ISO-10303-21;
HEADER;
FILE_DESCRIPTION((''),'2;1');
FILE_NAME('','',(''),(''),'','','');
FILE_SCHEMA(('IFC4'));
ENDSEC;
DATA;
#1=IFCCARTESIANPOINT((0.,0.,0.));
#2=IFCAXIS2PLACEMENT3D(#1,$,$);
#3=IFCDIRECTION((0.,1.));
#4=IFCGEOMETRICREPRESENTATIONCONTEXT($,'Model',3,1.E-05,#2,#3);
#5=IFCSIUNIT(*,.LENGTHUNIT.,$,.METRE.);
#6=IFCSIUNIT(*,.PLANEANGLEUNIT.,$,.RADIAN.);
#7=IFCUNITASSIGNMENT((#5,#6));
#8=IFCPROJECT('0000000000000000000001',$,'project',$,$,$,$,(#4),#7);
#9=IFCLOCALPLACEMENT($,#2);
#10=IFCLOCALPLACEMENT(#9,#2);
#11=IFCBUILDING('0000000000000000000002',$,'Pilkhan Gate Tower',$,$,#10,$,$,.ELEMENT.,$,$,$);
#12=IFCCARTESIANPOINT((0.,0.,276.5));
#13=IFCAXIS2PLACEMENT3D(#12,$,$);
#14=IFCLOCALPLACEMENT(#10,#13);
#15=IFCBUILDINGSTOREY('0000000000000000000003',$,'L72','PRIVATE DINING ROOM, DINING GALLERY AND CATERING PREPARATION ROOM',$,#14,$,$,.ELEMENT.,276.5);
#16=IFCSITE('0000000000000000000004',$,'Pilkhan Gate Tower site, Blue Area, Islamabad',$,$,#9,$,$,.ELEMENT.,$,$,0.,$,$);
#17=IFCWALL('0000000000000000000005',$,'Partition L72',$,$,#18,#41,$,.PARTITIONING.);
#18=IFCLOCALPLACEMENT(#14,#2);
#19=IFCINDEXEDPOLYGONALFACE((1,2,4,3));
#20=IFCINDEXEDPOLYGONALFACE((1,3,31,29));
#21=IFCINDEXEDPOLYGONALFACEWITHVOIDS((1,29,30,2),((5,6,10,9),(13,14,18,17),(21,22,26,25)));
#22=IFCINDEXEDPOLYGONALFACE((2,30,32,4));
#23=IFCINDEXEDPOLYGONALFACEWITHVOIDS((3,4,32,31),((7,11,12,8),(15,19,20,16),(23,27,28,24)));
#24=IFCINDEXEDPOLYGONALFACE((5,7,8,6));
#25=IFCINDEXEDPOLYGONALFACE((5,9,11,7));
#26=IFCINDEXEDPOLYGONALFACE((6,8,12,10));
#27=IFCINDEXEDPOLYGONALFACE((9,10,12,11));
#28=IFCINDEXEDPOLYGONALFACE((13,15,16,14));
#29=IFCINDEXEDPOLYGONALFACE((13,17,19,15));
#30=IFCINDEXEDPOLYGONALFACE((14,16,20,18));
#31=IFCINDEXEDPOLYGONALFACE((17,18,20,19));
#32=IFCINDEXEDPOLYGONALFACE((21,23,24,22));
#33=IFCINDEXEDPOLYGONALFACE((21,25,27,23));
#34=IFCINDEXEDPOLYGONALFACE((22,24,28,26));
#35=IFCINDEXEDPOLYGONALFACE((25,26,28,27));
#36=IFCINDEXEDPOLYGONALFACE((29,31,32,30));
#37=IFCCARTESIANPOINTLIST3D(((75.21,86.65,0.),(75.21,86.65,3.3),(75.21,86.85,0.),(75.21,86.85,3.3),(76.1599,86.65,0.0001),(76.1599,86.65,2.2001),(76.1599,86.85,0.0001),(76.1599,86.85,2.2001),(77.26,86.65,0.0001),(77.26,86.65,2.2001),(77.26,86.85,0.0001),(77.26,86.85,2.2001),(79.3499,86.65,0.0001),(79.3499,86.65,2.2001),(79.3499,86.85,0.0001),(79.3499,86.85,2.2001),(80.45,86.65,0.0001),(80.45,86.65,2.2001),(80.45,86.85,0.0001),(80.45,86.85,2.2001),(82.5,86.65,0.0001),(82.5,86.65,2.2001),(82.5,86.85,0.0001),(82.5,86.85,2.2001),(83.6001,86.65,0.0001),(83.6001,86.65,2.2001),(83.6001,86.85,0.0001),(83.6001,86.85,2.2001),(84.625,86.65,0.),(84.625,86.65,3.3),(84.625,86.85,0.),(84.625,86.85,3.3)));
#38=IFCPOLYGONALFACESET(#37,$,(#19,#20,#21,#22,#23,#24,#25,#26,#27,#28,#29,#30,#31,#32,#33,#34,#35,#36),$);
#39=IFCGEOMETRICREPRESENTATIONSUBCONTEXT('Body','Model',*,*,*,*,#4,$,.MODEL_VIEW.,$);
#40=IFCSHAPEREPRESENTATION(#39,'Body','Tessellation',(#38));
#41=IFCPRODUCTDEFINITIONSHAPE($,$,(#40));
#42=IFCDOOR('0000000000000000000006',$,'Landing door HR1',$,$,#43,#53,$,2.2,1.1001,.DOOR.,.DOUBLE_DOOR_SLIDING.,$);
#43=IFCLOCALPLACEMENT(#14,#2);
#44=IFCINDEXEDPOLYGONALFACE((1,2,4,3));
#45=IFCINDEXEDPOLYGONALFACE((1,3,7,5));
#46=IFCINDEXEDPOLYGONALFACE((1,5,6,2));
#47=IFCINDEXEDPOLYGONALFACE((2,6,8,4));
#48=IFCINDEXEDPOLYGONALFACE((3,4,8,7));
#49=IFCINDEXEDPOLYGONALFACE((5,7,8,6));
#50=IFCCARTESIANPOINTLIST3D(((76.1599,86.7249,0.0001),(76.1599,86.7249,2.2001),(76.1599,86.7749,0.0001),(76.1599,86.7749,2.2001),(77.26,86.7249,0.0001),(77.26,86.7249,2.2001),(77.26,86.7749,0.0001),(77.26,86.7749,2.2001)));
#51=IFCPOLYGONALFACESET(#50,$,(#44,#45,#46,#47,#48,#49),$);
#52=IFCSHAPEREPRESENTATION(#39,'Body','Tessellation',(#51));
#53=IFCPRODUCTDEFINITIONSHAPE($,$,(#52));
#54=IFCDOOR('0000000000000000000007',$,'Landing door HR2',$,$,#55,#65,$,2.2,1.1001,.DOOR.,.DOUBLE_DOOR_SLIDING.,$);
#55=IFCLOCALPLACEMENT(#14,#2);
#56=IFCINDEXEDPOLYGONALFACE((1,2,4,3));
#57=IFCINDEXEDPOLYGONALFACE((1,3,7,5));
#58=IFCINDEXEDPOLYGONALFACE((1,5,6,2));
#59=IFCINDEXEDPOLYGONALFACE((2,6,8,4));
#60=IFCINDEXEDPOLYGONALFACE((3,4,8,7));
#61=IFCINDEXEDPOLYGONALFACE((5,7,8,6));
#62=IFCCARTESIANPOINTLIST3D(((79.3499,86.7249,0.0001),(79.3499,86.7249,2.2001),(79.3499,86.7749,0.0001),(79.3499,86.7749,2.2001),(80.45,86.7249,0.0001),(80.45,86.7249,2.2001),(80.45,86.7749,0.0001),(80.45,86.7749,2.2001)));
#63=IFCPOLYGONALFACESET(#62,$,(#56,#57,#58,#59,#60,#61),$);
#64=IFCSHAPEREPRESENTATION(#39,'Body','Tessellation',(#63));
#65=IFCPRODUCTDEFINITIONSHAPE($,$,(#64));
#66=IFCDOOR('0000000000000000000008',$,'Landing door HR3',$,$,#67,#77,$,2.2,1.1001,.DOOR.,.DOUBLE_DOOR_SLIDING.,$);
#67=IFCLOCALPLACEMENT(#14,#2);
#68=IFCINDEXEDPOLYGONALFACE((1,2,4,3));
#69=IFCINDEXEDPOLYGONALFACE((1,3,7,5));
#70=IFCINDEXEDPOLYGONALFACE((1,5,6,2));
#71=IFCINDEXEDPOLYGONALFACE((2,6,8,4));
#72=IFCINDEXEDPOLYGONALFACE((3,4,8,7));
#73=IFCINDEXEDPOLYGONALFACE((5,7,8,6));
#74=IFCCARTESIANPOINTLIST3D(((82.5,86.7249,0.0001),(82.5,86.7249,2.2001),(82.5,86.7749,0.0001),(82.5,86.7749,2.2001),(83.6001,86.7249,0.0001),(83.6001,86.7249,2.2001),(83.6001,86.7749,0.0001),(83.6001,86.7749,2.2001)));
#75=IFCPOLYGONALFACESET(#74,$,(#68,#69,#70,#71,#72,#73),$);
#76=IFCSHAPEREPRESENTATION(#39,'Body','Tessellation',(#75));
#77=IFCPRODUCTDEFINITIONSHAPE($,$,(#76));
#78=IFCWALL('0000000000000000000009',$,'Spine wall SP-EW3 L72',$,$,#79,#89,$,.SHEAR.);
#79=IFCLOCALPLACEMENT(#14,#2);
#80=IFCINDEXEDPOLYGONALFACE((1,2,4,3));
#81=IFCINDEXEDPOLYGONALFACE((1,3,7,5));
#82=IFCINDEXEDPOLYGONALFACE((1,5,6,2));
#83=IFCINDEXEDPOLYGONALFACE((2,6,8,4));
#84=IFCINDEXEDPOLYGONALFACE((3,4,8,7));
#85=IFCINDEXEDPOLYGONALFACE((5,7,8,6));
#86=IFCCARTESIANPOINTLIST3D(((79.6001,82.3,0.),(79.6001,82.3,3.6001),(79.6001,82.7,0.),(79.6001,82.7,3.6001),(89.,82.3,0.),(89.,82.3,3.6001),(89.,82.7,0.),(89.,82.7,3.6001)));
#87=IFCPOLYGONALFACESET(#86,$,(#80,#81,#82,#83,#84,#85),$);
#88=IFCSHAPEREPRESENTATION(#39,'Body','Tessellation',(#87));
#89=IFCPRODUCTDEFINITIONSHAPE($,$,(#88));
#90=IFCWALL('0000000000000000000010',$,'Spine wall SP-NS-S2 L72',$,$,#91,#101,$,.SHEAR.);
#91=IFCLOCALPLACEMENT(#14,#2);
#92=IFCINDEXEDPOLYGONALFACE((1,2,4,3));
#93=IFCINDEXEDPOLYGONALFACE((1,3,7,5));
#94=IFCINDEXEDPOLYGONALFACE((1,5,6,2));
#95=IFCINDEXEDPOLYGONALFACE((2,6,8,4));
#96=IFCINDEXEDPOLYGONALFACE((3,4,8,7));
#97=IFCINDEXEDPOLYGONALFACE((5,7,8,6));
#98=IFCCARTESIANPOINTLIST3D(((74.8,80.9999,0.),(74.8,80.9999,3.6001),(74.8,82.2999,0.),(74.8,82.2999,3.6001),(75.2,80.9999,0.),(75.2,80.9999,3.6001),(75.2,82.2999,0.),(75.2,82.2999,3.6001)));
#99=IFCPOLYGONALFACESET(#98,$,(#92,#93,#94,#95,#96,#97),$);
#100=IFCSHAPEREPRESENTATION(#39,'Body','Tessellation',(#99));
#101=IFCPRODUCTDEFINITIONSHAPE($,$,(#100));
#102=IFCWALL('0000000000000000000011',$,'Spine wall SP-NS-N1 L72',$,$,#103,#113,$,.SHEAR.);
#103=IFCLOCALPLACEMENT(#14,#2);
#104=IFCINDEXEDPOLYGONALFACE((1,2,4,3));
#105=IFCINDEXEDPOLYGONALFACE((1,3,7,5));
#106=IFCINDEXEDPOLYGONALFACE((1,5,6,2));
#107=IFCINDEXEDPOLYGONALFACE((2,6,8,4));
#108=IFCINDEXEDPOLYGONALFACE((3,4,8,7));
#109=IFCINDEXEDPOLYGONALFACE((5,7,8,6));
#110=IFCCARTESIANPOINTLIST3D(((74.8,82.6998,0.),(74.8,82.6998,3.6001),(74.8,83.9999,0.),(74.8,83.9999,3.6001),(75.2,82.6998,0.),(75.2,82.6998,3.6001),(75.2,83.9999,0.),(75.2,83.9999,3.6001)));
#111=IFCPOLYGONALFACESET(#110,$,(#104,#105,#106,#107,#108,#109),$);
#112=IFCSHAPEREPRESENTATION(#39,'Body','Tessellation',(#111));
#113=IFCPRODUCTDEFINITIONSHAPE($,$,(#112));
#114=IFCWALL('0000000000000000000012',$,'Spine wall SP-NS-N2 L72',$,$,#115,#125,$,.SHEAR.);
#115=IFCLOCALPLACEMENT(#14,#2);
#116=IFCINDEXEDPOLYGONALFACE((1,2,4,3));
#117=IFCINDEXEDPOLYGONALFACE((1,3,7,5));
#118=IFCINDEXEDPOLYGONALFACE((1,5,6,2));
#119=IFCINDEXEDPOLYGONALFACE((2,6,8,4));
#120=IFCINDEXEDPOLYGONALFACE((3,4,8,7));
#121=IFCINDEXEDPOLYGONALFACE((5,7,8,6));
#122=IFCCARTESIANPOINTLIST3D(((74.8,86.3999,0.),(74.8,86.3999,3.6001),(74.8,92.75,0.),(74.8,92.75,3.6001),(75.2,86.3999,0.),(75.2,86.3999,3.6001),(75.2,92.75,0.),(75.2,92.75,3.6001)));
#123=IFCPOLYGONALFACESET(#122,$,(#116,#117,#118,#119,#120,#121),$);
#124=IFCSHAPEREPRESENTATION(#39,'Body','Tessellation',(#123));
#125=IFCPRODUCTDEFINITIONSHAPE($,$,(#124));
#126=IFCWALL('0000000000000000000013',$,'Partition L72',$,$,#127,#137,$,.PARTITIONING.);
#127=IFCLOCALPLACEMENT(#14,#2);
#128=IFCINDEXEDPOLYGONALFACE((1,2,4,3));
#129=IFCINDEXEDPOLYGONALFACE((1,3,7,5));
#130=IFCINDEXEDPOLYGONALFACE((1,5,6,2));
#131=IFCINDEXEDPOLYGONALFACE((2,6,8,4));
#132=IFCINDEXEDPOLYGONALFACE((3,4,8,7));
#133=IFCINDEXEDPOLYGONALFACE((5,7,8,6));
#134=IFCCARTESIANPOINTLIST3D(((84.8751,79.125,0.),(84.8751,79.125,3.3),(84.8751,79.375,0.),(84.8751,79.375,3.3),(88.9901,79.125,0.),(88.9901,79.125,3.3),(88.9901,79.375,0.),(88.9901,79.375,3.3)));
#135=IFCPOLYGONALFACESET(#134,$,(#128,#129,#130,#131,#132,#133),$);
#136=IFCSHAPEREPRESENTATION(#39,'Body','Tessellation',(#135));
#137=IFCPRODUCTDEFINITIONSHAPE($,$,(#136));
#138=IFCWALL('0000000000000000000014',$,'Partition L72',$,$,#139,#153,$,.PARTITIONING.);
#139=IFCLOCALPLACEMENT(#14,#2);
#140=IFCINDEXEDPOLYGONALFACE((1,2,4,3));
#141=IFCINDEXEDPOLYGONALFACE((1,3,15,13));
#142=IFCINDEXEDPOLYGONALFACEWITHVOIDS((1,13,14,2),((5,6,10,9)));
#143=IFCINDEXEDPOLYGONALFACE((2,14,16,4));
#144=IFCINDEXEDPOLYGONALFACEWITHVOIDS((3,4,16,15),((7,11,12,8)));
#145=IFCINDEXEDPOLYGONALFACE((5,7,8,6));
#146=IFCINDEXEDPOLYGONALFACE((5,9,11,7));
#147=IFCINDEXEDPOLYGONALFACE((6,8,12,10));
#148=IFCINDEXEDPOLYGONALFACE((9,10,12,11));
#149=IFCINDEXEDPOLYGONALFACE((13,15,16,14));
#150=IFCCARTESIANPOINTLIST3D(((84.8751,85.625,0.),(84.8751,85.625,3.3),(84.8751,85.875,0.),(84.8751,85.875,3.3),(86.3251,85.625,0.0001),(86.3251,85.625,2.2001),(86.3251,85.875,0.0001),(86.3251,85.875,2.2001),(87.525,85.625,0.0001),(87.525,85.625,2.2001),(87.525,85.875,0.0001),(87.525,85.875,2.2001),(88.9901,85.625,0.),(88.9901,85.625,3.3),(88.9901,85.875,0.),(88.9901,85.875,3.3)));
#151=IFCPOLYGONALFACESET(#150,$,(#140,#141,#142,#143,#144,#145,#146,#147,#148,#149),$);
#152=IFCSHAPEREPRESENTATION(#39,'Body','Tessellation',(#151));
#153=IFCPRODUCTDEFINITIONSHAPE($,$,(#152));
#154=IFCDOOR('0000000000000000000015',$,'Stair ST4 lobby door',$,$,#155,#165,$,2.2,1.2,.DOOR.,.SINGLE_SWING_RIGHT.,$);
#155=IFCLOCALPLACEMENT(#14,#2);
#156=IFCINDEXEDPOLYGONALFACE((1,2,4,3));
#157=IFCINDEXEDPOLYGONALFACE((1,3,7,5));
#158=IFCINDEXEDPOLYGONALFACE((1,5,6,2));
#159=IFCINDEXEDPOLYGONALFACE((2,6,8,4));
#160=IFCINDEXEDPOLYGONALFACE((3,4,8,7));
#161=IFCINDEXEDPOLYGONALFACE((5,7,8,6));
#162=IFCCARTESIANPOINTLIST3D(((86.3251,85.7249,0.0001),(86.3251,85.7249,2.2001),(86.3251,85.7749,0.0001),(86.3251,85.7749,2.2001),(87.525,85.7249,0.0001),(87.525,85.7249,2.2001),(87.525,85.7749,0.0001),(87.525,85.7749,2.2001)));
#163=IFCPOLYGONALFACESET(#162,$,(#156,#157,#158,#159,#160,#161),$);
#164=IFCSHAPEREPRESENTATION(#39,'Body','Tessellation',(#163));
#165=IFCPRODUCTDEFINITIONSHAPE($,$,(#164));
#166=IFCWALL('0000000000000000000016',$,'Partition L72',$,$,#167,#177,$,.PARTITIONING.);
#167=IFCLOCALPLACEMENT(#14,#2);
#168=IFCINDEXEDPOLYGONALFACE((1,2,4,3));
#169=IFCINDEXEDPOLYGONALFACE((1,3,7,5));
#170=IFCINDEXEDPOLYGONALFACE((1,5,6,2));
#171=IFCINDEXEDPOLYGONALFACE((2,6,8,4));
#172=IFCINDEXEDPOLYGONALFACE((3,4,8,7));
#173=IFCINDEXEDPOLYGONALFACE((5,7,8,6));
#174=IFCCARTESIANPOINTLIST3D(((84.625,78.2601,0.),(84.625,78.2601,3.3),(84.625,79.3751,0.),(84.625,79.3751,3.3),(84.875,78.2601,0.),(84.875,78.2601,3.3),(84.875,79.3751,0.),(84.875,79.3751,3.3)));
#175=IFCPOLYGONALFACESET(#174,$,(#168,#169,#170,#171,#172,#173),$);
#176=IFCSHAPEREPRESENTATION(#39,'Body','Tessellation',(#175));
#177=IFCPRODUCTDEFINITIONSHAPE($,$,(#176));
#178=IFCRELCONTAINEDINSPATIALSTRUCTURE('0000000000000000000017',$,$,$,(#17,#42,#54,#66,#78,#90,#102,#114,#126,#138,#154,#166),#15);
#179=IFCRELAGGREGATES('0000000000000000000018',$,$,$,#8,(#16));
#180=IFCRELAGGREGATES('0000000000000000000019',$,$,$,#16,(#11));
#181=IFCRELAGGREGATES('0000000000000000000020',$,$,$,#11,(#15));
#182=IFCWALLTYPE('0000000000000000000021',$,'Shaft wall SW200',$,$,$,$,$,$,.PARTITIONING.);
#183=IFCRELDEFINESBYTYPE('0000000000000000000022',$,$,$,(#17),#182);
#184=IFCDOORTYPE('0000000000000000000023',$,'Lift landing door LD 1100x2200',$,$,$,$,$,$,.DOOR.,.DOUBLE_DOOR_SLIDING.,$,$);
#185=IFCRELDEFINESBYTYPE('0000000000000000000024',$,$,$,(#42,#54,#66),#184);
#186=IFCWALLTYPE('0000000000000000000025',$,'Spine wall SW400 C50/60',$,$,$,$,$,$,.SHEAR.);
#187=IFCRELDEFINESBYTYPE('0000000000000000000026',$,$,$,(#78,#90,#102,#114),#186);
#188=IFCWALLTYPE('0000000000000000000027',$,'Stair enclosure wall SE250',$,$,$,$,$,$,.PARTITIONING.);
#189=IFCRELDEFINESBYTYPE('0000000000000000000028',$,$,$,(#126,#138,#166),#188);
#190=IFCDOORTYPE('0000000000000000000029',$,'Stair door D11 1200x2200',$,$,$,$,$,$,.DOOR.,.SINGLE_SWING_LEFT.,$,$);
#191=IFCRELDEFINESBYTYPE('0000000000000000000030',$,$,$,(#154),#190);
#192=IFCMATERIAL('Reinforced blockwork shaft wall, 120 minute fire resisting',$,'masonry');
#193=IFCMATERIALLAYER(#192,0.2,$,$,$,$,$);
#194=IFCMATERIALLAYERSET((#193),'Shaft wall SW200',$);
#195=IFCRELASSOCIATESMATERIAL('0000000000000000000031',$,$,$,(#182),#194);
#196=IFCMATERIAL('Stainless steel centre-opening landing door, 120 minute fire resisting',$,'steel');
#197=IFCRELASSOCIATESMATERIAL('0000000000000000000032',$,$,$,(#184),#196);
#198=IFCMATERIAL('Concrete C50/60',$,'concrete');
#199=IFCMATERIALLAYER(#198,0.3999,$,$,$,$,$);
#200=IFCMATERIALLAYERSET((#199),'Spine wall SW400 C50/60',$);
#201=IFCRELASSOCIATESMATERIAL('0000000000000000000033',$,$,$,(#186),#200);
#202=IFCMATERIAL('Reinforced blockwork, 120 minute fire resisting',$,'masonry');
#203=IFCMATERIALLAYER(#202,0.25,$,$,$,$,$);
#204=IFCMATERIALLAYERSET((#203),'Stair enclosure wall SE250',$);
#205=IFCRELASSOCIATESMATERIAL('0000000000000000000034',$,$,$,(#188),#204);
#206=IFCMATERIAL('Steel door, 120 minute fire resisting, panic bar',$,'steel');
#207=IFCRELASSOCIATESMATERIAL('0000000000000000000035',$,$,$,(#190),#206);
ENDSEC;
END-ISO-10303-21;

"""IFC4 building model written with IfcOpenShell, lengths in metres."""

from ifc_helpers import new_model, si_unit, direction, frame, frame_2d, origin, place, context, subcontext, project, spatial, rectangle, extrude, material, layer, layer_set, type_object, element, fill, save


model = new_model("IFC4")

# Units and contexts
model_context = context("Model", 3, precision=1e-05, world=origin(), true_north=direction((0.0, 1.0)))
body_context = subcontext(model_context, "Body", "Model", "MODEL_VIEW")
ifc_project = project(units=[si_unit("LENGTHUNIT", "METRE"), si_unit("PLANEANGLEUNIT", "RADIAN")], contexts=[model_context])

# Site, building, storey
site_placement = place(None, origin())
site = spatial("IfcSite", under=ifc_project, at=site_placement, Name="Pilkhan Gate Tower site, Blue Area, Islamabad", CompositionType="ELEMENT", RefElevation=0.0)
building_placement = place(site_placement, origin())
building = spatial("IfcBuilding", under=site, at=building_placement, Name="Pilkhan Gate Tower", CompositionType="ELEMENT")
storey_placement = place(building_placement, frame((0.0, 0.0, 276.5)))
storey = spatial("IfcBuildingStorey", under=building, at=storey_placement, Name="L72", Description="PRIVATE DINING ROOM, DINING GALLERY AND CATERING PREPARATION ROOM", CompositionType="ELEMENT", Elevation=276.5)

# Shared definitions
ifc_material_1 = material(Name="Concrete C50/60", Category="concrete")

# Wall, openings, doors
ifc_material_2 = material(Name="Reinforced blockwork shaft wall, 120 minute fire resisting", Category="masonry")
ifc_layer_1 = layer(ifc_material_2, 0.2)
ifc_layer_set_1 = layer_set([ifc_layer_1], Name="Shaft wall SW200")
wall_type_1 = type_object("IfcWallType", Name="Shaft wall SW200", PredefinedType="PARTITIONING", material=ifc_layer_set_1)
wall_1_placement = place(storey_placement, frame((75.21, 86.75, 0.0), z_axis=(0.0, 0.0, 1.0), x_axis=(1.0, 0.0, 0.0)))
wall_1 = element("IfcWall", 1, at=wall_1_placement, inside=storey, type_object=wall_type_1, Name="Partition L72", PredefinedType="PARTITIONING", context=body_context, shape_type="SweptSolid", body=[
    extrude(rectangle(XDim=9.415, YDim=0.2, at=frame_2d((4.7075, 0.0))), origin(), (0.0, 0.0, 1.0), 3.3),
])
opening_1_placement = place(wall_1_placement, frame((0.95, 0.0, 0.0)))
opening_1 = element("IfcOpeningElement", 2, at=opening_1_placement, cuts=wall_1, PredefinedType="OPENING", context=body_context, shape_type="SweptSolid", body=[
    extrude(rectangle(XDim=1.1001, YDim=2.2, at=frame_2d((0.55, 1.1001))), frame((0.0, 0.1099, 0.0), z_axis=(0.0, -1.0, 0.0), x_axis=(1.0, 0.0, 0.0)), (0.0, 0.0, 1.0), 0.22),
])
opening_2_placement = place(wall_1_placement, frame((4.1399, 0.0, 0.0)))
opening_2 = element("IfcOpeningElement", 3, at=opening_2_placement, cuts=wall_1, PredefinedType="OPENING", context=body_context, shape_type="SweptSolid", body=[
    extrude(rectangle(XDim=1.1001, YDim=2.2, at=frame_2d((0.55, 1.1001))), frame((0.0, 0.1099, 0.0), z_axis=(0.0, -1.0, 0.0), x_axis=(1.0, 0.0, 0.0)), (0.0, 0.0, 1.0), 0.22),
])
opening_3_placement = place(wall_1_placement, frame((7.29, 0.0, 0.0)))
opening_3 = element("IfcOpeningElement", 4, at=opening_3_placement, cuts=wall_1, PredefinedType="OPENING", context=body_context, shape_type="SweptSolid", body=[
    extrude(rectangle(XDim=1.1001, YDim=2.2, at=frame_2d((0.55, 1.1001))), frame((0.0, 0.1099, 0.0), z_axis=(0.0, -1.0, 0.0), x_axis=(1.0, 0.0, 0.0)), (0.0, 0.0, 1.0), 0.22),
])
ifc_material_3 = material(Name="Stainless steel centre-opening landing door, 120 minute fire resisting", Category="steel")
door_type_1 = type_object("IfcDoorType", Name="Lift landing door LD 1100x2200", OperationType="DOUBLE_DOOR_SLIDING", PredefinedType="DOOR", material=ifc_material_3)
door_1_placement = place(opening_1_placement, origin())
door_1 = element("IfcDoor", 5, at=door_1_placement, inside=storey, type_object=door_type_1, Name="Landing door HR1", OperationType="DOUBLE_DOOR_SLIDING", OverallHeight=2.2, OverallWidth=1.1001, PredefinedType="DOOR", context=body_context, shape_type="SweptSolid", body=[
    extrude(rectangle(XDim=1.1001, YDim=2.2, at=frame_2d((0.55, 1.1001))), frame((0.0, 0.0249, 0.0), z_axis=(0.0, -1.0, 0.0), x_axis=(1.0, 0.0, 0.0)), (0.0, 0.0, 1.0), 0.05),
])
fill(opening_1, door_1)
door_2_placement = place(opening_2_placement, origin())
door_2 = element("IfcDoor", 6, at=door_2_placement, inside=storey, type_object=door_type_1, Name="Landing door HR2", OperationType="DOUBLE_DOOR_SLIDING", OverallHeight=2.2, OverallWidth=1.1001, PredefinedType="DOOR", context=body_context, shape_type="SweptSolid", body=[
    extrude(rectangle(XDim=1.1001, YDim=2.2, at=frame_2d((0.55, 1.1001))), frame((0.0, 0.0249, 0.0), z_axis=(0.0, -1.0, 0.0), x_axis=(1.0, 0.0, 0.0)), (0.0, 0.0, 1.0), 0.05),
])
fill(opening_2, door_2)
door_3_placement = place(opening_3_placement, origin())
door_3 = element("IfcDoor", 7, at=door_3_placement, inside=storey, type_object=door_type_1, Name="Landing door HR3", OperationType="DOUBLE_DOOR_SLIDING", OverallHeight=2.2, OverallWidth=1.1001, PredefinedType="DOOR", context=body_context, shape_type="SweptSolid", body=[
    extrude(rectangle(XDim=1.1001, YDim=2.2, at=frame_2d((0.55, 1.1001))), frame((0.0, 0.0249, 0.0), z_axis=(0.0, -1.0, 0.0), x_axis=(1.0, 0.0, 0.0)), (0.0, 0.0, 1.0), 0.05),
])
fill(opening_3, door_3)

# Walls
ifc_layer_2 = layer(ifc_material_1, 0.3999)
ifc_layer_set_2 = layer_set([ifc_layer_2], Name="Spine wall SW400 C50/60")
wall_type_2 = type_object("IfcWallType", Name="Spine wall SW400 C50/60", PredefinedType="SHEAR", material=ifc_layer_set_2)
wall_2_placement = place(storey_placement, frame((79.6001, 82.5, 0.0), z_axis=(0.0, 0.0, 1.0), x_axis=(1.0, 0.0, 0.0)))
element("IfcWall", 8, at=wall_2_placement, inside=storey, type_object=wall_type_2, Name="Spine wall SP-EW3 L72", PredefinedType="SHEAR", context=body_context, shape_type="SweptSolid", body=[
    extrude(rectangle(XDim=9.3999, YDim=0.3999, at=frame_2d((4.7, 0.0))), origin(), (0.0, 0.0, 1.0), 3.6001),
])
for number, where, z_axis, x_axis, name in (
    (9, (75.0, 81.0, 0.0), (0.0, 0.0, 1.0), (0.0, 1.0, 0.0), "Spine wall SP-NS-S2 L72"),
    (10, (75.0, 82.7, 0.0), (0.0, 0.0, 1.0), (0.0, 1.0, 0.0), "Spine wall SP-NS-N1 L72"),
):
    element("IfcWall", number, at=place(storey_placement, frame(where, z_axis=z_axis, x_axis=x_axis)), inside=storey, type_object=wall_type_2, Name=name, PredefinedType="SHEAR", context=body_context, shape_type="SweptSolid", body=[
        extrude(rectangle(XDim=1.3, YDim=0.3999, at=frame_2d((0.6499, 0.0))), origin(), (0.0, 0.0, 1.0), 3.6001),
    ])
wall_3_placement = place(storey_placement, frame((75.0, 86.3999, 0.0), z_axis=(0.0, 0.0, 1.0), x_axis=(0.0, 1.0, 0.0)))
element("IfcWall", 11, at=wall_3_placement, inside=storey, type_object=wall_type_2, Name="Spine wall SP-NS-N2 L72", PredefinedType="SHEAR", context=body_context, shape_type="SweptSolid", body=[
    extrude(rectangle(XDim=6.3501, YDim=0.3999, at=frame_2d((3.175, 0.0))), origin(), (0.0, 0.0, 1.0), 3.6001),
])
ifc_material_4 = material(Name="Reinforced blockwork, 120 minute fire resisting", Category="masonry")
ifc_layer_3 = layer(ifc_material_4, 0.25)
ifc_layer_set_3 = layer_set([ifc_layer_3], Name="Stair enclosure wall SE250")
wall_type_3 = type_object("IfcWallType", Name="Stair enclosure wall SE250", PredefinedType="PARTITIONING", material=ifc_layer_set_3)
wall_4_placement = place(storey_placement, frame((84.875, 79.25, 0.0), z_axis=(0.0, 0.0, 1.0), x_axis=(1.0, 0.0, 0.0)))
element("IfcWall", 12, at=wall_4_placement, inside=storey, type_object=wall_type_3, Name="Partition L72", PredefinedType="PARTITIONING", context=body_context, shape_type="SweptSolid", body=[
    extrude(rectangle(XDim=4.115, YDim=0.25, at=frame_2d((2.0576, 0.0))), origin(), (0.0, 0.0, 1.0), 3.3),
])

# Wall, opening, door
wall_5_placement = place(storey_placement, frame((84.875, 85.75, 0.0), z_axis=(0.0, 0.0, 1.0), x_axis=(1.0, 0.0, 0.0)))
wall_5 = element("IfcWall", 13, at=wall_5_placement, inside=storey, type_object=wall_type_3, Name="Partition L72", PredefinedType="PARTITIONING", context=body_context, shape_type="SweptSolid", body=[
    extrude(rectangle(XDim=4.115, YDim=0.25, at=frame_2d((2.0576, 0.0))), origin(), (0.0, 0.0, 1.0), 3.3),
])
opening_4_placement = place(wall_5_placement, frame((1.45, 0.0, 0.0)))
opening_4 = element("IfcOpeningElement", 14, at=opening_4_placement, cuts=wall_5, PredefinedType="OPENING", context=body_context, shape_type="SweptSolid", body=[
    extrude(rectangle(XDim=1.2, YDim=2.2, at=frame_2d((0.6001, 1.1001))), frame((0.0, 0.135, 0.0), z_axis=(0.0, -1.0, 0.0), x_axis=(1.0, 0.0, 0.0)), (0.0, 0.0, 1.0), 0.27),
])
ifc_material_5 = material(Name="Steel door, 120 minute fire resisting, panic bar", Category="steel")
door_type_2 = type_object("IfcDoorType", Name="Stair door D11 1200x2200", OperationType="SINGLE_SWING_LEFT", PredefinedType="DOOR", material=ifc_material_5)
door_4_placement = place(opening_4_placement, origin())
door_4 = element("IfcDoor", 15, at=door_4_placement, inside=storey, type_object=door_type_2, Name="Stair ST4 lobby door", OperationType="SINGLE_SWING_RIGHT", OverallHeight=2.2, OverallWidth=1.2, PredefinedType="DOOR", context=body_context, shape_type="SweptSolid", body=[
    extrude(rectangle(XDim=1.2, YDim=2.2, at=frame_2d((0.6001, 1.1001))), frame((0.0, 0.0249, 0.0), z_axis=(0.0, -1.0, 0.0), x_axis=(1.0, 0.0, 0.0)), (0.0, 0.0, 1.0), 0.05),
])
fill(opening_4, door_4)

# Wall
wall_6_placement = place(storey_placement, frame((84.75, 78.26, 0.0), z_axis=(0.0, 0.0, 1.0), x_axis=(0.0, 1.0, 0.0)))
element("IfcWall", 16, at=wall_6_placement, inside=storey, type_object=wall_type_3, Name="Partition L72", PredefinedType="PARTITIONING", context=body_context, shape_type="SweptSolid", body=[
    extrude(rectangle(XDim=1.115, YDim=0.25, at=frame_2d((0.5576, 0.0))), origin(), (0.0, 0.0, 1.0), 3.3),
])

save(model, "model.ifc")
